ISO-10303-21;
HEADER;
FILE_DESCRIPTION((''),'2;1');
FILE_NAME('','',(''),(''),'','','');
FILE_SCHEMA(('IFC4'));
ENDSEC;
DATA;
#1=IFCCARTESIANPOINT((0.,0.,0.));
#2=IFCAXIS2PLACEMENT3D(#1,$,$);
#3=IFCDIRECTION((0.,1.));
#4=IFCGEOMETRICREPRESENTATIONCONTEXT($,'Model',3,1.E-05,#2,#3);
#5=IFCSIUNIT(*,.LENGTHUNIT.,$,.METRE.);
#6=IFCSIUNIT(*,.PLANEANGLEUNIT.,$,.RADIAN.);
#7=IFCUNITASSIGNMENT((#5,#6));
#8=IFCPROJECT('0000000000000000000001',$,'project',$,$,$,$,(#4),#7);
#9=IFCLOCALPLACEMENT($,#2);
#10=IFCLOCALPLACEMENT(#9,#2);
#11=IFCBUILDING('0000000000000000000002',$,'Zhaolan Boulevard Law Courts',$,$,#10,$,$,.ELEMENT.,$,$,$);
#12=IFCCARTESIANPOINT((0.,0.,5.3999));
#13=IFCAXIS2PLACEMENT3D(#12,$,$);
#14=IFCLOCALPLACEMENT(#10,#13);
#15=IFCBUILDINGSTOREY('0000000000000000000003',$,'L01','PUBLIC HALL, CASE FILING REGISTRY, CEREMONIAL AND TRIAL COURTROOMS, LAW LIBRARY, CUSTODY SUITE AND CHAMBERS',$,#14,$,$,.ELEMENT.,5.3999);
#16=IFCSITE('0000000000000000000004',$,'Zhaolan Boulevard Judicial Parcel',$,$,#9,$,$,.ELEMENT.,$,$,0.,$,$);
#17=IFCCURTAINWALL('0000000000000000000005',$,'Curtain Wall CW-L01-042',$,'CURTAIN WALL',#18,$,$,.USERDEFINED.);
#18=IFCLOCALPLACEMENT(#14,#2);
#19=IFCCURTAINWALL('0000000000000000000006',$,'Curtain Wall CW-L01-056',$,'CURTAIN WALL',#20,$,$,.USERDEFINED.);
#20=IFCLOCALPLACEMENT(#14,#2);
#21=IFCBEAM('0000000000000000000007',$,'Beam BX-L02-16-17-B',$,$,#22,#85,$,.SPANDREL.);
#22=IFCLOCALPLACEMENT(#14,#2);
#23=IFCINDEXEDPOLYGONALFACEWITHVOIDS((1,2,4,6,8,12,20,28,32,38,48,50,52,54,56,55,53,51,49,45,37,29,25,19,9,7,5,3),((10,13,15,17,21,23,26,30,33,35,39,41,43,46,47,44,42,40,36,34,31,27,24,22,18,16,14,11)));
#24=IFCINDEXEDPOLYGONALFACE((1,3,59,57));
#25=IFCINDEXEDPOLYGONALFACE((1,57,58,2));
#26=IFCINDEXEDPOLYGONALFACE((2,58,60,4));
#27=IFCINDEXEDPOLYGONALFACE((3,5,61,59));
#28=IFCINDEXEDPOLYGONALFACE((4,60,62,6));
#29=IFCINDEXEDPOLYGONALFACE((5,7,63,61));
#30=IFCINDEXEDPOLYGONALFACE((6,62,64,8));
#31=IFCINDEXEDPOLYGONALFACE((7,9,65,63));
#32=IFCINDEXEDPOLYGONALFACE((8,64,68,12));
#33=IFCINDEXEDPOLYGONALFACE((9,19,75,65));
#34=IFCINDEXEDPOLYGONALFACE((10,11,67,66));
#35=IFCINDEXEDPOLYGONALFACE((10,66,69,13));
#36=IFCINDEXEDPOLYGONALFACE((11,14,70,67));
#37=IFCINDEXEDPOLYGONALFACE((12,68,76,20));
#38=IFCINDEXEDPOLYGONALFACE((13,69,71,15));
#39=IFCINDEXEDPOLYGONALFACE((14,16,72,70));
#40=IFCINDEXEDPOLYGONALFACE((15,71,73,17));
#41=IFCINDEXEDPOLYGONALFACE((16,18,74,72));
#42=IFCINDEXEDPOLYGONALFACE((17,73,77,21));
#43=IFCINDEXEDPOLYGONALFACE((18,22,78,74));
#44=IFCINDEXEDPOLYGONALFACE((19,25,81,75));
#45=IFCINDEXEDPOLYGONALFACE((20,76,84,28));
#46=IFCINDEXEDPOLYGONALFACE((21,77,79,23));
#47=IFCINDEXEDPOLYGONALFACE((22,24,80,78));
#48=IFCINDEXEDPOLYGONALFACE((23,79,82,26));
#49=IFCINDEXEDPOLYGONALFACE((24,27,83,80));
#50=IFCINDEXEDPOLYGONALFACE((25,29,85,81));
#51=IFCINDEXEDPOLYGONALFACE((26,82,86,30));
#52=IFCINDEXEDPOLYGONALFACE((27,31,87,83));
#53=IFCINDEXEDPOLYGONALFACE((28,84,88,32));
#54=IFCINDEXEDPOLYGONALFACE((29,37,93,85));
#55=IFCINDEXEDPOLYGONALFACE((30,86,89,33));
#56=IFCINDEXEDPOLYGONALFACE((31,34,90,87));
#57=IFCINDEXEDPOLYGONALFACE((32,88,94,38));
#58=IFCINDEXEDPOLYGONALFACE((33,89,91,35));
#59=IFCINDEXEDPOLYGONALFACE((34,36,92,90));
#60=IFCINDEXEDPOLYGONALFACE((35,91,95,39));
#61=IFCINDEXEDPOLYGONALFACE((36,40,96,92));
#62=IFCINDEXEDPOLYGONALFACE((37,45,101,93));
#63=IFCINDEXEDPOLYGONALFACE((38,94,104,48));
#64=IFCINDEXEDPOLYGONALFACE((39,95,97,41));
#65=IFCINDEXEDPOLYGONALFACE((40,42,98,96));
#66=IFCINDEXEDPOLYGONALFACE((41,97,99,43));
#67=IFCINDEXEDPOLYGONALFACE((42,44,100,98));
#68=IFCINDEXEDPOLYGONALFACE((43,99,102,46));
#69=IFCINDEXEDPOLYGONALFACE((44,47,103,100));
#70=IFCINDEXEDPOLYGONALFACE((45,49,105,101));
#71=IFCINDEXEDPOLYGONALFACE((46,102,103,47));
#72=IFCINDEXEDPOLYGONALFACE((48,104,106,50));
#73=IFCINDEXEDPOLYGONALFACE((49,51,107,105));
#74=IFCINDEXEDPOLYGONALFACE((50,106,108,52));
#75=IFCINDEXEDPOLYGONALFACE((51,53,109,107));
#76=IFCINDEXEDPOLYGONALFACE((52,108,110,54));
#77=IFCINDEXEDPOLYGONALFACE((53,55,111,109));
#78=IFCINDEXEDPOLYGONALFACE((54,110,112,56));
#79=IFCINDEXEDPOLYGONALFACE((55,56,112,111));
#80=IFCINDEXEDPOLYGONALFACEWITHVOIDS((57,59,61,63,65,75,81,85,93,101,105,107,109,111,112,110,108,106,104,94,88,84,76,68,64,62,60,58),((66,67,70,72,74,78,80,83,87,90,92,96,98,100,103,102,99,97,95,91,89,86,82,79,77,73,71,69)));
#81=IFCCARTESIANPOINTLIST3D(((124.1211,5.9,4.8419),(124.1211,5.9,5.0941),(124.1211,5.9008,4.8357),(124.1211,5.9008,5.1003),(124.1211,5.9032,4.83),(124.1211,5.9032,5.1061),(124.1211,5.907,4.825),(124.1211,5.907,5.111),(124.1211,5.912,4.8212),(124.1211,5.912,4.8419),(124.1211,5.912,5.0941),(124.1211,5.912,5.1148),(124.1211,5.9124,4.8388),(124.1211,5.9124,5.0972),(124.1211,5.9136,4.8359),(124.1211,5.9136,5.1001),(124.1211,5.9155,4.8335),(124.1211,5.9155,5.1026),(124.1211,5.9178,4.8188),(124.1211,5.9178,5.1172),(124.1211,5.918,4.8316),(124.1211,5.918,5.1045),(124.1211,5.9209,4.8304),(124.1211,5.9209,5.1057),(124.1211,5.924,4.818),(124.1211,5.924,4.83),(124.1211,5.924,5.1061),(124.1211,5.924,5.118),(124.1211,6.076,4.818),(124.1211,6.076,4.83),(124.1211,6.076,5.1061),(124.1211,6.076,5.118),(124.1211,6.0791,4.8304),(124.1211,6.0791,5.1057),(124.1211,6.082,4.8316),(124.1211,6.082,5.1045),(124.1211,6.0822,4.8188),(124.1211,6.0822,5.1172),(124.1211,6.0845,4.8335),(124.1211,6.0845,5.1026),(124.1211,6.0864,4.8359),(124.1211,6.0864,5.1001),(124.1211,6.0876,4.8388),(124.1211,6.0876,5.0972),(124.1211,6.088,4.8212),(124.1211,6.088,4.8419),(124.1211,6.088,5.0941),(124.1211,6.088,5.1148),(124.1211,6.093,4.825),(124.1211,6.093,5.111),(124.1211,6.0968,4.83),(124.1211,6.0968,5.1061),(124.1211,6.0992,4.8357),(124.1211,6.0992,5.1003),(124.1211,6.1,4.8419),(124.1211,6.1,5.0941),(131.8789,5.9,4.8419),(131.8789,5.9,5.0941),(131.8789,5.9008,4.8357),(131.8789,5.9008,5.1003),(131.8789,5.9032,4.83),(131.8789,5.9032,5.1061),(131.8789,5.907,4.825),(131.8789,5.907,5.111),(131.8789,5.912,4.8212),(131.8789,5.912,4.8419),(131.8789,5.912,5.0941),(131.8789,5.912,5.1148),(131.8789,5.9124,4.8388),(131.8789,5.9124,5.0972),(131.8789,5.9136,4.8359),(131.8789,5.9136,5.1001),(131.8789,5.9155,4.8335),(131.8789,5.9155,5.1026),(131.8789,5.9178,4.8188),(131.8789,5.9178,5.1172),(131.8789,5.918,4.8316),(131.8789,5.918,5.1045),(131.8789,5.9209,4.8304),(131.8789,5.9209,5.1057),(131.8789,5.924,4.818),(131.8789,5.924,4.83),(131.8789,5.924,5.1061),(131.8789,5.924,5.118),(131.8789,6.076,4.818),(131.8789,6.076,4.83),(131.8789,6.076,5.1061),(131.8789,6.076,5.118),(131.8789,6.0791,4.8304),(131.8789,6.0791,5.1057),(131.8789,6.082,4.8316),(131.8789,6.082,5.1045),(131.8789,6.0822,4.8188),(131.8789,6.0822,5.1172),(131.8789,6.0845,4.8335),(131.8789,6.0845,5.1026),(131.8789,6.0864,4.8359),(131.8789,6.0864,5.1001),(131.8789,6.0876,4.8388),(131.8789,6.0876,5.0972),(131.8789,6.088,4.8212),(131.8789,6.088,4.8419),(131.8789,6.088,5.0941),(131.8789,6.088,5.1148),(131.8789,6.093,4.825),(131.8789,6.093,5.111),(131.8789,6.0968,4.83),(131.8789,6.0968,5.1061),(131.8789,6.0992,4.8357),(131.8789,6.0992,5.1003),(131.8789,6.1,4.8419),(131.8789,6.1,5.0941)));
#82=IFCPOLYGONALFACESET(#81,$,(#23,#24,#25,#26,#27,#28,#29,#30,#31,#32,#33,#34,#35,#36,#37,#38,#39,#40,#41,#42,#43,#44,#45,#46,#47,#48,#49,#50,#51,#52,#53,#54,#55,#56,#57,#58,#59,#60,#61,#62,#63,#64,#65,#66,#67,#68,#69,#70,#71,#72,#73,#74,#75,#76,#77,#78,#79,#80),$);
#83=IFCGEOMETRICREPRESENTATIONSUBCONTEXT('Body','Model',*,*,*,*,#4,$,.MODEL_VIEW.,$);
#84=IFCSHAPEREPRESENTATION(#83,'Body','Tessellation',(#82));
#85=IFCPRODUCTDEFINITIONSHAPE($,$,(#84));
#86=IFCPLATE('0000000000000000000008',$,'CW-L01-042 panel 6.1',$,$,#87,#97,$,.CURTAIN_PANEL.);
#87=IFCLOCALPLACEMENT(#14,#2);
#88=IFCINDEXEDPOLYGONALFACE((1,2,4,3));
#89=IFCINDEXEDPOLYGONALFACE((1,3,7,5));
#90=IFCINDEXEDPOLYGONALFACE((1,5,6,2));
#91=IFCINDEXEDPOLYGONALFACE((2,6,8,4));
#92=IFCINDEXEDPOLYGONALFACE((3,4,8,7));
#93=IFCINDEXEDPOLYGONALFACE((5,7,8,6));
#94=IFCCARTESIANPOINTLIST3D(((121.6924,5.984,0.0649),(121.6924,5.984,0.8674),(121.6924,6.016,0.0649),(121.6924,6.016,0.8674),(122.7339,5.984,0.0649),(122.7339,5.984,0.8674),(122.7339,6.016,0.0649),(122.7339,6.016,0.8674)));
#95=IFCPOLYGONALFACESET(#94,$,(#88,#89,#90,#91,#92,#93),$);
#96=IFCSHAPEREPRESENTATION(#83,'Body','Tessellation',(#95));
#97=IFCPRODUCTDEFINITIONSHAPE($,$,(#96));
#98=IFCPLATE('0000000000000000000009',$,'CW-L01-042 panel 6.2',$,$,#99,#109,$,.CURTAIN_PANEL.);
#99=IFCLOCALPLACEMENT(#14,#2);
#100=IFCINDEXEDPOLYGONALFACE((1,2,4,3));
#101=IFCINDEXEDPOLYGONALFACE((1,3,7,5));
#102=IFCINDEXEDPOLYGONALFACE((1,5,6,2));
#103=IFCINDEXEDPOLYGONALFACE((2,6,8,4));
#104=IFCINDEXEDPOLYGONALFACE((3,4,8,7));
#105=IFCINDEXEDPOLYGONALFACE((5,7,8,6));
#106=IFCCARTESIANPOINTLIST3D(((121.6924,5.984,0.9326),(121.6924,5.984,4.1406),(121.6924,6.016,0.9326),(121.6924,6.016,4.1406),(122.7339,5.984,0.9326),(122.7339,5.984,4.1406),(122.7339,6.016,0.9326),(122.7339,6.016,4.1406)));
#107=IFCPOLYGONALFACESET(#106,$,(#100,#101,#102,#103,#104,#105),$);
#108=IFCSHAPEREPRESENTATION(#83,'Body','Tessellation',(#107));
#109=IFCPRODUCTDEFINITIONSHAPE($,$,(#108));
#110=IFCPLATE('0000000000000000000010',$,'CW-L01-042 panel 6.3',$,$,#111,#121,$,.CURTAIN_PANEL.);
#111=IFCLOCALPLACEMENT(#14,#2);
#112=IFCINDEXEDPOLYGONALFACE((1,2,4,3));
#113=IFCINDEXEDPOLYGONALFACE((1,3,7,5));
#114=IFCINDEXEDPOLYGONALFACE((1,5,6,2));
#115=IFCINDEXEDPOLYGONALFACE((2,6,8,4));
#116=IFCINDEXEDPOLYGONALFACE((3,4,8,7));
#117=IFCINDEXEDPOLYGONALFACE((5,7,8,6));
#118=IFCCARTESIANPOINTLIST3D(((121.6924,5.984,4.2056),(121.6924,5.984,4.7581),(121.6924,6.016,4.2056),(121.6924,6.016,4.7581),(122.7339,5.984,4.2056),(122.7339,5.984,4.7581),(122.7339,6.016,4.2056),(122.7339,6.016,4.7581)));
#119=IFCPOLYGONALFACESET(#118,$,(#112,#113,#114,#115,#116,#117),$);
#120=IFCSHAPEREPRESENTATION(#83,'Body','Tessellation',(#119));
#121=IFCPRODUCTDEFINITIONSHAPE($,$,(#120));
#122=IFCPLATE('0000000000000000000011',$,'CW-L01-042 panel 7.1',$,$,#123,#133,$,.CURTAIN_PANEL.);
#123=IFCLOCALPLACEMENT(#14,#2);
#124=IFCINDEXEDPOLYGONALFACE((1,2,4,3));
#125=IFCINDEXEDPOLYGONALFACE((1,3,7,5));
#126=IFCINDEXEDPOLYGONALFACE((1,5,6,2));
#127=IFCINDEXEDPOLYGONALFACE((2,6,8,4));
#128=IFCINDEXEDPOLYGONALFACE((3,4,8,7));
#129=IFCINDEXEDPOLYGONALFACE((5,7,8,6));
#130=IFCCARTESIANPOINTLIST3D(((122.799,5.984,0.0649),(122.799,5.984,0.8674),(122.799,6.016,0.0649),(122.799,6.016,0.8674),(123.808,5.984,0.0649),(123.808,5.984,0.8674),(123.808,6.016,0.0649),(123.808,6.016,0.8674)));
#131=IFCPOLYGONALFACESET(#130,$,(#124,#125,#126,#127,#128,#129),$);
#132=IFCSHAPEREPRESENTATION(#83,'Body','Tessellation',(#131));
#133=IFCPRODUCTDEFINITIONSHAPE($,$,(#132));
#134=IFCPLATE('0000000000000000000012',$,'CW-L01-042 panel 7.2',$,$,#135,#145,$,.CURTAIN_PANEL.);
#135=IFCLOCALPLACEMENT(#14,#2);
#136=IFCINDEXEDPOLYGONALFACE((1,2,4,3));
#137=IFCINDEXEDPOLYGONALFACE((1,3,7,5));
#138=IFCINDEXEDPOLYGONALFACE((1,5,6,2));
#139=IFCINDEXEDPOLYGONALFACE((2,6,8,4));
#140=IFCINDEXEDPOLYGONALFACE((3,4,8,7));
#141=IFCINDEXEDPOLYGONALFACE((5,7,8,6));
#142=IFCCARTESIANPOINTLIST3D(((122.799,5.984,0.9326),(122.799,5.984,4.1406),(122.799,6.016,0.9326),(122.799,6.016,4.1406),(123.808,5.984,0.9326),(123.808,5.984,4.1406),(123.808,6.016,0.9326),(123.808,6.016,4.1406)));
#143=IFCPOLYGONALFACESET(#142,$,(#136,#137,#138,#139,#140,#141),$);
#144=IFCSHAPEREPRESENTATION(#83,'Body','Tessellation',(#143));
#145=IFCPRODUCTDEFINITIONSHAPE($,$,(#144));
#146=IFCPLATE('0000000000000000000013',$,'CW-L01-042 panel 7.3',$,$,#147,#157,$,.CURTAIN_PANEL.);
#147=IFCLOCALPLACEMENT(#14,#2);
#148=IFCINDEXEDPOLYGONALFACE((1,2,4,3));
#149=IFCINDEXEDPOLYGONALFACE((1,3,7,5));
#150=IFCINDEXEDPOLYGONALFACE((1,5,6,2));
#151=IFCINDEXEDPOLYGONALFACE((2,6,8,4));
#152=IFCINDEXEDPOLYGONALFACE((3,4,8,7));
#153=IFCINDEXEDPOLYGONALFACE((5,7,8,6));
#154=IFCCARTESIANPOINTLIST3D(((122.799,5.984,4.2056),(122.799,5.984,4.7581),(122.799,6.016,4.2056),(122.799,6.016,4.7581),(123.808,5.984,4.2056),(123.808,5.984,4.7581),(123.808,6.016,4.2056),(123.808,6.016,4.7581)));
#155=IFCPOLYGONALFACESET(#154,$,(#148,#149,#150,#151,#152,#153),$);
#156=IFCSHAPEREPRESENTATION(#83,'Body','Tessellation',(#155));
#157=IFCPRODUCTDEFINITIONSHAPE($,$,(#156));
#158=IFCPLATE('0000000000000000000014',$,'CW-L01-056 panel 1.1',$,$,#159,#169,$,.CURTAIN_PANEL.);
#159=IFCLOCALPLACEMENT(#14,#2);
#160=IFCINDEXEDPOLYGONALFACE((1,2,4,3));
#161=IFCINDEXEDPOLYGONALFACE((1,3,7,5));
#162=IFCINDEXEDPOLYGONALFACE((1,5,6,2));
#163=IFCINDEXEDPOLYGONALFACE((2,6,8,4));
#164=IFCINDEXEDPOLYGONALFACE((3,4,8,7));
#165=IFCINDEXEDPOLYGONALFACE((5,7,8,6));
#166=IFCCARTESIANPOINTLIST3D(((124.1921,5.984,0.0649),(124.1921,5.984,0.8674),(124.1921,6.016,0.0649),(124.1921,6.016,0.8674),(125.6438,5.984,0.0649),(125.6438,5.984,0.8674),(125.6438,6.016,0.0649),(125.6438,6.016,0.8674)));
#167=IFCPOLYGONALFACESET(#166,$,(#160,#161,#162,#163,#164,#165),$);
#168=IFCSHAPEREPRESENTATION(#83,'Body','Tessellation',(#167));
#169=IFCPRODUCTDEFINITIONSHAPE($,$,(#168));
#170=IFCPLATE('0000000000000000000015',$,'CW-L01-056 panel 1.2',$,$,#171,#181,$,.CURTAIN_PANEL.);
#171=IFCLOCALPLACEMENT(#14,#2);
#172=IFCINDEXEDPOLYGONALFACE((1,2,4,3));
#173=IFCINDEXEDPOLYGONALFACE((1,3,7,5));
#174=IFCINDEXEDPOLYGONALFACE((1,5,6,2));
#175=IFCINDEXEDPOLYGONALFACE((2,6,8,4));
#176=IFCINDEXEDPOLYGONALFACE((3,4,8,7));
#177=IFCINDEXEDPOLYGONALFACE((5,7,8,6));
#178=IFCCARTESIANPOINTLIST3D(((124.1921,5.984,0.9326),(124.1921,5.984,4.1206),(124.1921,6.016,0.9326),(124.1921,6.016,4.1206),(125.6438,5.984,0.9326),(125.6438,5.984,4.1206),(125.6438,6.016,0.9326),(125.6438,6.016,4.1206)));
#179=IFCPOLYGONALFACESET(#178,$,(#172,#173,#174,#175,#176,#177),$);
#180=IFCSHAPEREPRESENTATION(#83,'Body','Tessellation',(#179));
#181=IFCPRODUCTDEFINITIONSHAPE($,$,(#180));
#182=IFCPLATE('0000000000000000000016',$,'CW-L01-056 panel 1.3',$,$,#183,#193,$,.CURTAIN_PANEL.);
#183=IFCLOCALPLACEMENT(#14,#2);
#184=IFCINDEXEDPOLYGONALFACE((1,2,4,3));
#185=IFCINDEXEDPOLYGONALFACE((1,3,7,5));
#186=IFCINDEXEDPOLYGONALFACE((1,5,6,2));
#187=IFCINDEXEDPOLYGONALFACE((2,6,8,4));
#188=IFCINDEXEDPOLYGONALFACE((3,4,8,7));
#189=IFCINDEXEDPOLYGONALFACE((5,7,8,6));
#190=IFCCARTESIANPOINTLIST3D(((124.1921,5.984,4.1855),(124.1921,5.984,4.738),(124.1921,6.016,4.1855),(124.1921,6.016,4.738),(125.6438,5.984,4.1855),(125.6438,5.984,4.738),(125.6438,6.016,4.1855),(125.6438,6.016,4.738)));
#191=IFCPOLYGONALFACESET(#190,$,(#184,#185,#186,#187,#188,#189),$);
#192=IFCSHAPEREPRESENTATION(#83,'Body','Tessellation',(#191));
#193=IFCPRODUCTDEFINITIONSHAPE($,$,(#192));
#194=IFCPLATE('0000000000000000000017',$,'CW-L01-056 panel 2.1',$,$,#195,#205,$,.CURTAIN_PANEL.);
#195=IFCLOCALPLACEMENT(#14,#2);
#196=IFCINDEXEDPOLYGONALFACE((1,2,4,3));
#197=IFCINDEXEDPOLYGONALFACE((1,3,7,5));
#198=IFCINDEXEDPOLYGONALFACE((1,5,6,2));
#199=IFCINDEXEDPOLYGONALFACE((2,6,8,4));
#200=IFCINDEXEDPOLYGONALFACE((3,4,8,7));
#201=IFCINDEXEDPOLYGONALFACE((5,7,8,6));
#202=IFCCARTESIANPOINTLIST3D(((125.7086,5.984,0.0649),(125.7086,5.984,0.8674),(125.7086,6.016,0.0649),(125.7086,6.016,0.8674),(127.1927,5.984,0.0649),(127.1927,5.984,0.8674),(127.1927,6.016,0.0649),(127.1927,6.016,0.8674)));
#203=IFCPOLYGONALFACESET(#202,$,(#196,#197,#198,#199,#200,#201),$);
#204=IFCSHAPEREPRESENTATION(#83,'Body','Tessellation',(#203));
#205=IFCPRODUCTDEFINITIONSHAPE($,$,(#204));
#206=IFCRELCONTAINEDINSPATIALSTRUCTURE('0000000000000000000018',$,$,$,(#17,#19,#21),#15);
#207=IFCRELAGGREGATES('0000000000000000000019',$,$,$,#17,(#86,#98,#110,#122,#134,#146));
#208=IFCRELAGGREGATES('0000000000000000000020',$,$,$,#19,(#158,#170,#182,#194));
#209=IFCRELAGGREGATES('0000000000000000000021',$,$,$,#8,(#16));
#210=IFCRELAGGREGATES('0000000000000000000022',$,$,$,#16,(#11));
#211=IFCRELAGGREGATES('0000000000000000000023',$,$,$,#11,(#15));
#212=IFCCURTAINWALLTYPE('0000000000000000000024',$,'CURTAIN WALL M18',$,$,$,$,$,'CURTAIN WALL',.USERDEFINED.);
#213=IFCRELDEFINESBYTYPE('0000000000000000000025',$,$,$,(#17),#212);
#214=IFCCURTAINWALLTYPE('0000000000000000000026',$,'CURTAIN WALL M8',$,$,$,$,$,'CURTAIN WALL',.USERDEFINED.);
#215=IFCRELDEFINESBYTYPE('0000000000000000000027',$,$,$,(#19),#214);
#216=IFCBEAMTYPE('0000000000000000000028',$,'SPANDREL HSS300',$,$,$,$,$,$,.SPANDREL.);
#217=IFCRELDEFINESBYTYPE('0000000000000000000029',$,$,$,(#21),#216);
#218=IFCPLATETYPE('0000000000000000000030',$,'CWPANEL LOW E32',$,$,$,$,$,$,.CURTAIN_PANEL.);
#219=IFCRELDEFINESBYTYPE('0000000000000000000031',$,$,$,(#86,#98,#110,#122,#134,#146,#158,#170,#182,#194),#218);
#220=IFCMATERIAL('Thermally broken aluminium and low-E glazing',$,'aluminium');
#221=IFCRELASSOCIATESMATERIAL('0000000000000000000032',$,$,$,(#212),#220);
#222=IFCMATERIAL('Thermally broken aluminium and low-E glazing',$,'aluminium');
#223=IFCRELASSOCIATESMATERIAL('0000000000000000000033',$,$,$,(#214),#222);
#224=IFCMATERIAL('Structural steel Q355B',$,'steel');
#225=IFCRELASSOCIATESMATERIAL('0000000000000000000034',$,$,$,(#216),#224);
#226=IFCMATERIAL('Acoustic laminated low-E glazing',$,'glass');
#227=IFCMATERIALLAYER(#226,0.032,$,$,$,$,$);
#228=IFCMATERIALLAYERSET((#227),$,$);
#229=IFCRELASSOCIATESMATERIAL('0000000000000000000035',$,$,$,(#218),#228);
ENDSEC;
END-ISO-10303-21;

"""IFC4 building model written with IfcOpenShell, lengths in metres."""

from ifc_helpers import new_model, si_unit, direction, frame, origin, origin_2d, place, context, subcontext, project, spatial, rectangle, hollow_rectangle, extrude, material, layer, layer_set, material_profile, profile_set, type_object, element, aggregate, save


model = new_model("IFC4")

# Units and contexts
model_context = context("Model", 3, precision=1e-05, world=origin(), true_north=direction((0.0, 1.0)))
body_context = subcontext(model_context, "Body", "Model", "MODEL_VIEW")
ifc_project = project(units=[si_unit("LENGTHUNIT", "METRE"), si_unit("PLANEANGLEUNIT", "RADIAN")], contexts=[model_context])

# Site, building, storey
site_placement = place(None, origin())
site = spatial("IfcSite", under=ifc_project, at=site_placement, Name="Zhaolan Boulevard Judicial Parcel", CompositionType="ELEMENT", RefElevation=0.0)
building_placement = place(site_placement, origin())
building = spatial("IfcBuilding", under=site, at=building_placement, Name="Zhaolan Boulevard Law Courts", CompositionType="ELEMENT")
storey_placement = place(building_placement, frame((0.0, 0.0, 5.3999)))
storey = spatial("IfcBuildingStorey", under=building, at=storey_placement, Name="L01", Description="PUBLIC HALL, CASE FILING REGISTRY, CEREMONIAL AND TRIAL COURTROOMS, LAW LIBRARY, CUSTODY SUITE AND CHAMBERS", CompositionType="ELEMENT", Elevation=5.3999)

# Curtain walls
ifc_material_1 = material(Name="Thermally broken aluminium and low-E glazing", Category="aluminium")
curtain_wall_type_1 = type_object("IfcCurtainWallType", Name="CURTAIN WALL M18", ElementType="CURTAIN WALL", PredefinedType="USERDEFINED", material=ifc_material_1)
curtain_wall_1_placement = place(storey_placement, origin())
curtain_wall_1 = element("IfcCurtainWall", 1, at=curtain_wall_1_placement, inside=storey, type_object=curtain_wall_type_1, Name="Curtain Wall CW-L01-042", ObjectType="CURTAIN WALL", PredefinedType="USERDEFINED")
ifc_material_2 = material(Name="Thermally broken aluminium and low-E glazing", Category="aluminium")
curtain_wall_type_2 = type_object("IfcCurtainWallType", Name="CURTAIN WALL M8", ElementType="CURTAIN WALL", PredefinedType="USERDEFINED", material=ifc_material_2)
curtain_wall_2_placement = place(storey_placement, origin())
curtain_wall_2 = element("IfcCurtainWall", 2, at=curtain_wall_2_placement, inside=storey, type_object=curtain_wall_type_2, Name="Curtain Wall CW-L01-056", ObjectType="CURTAIN WALL", PredefinedType="USERDEFINED")

# Beam
ifc_material_3 = material(Name="Structural steel Q355B", Category="steel")
ifc_material_profile_1 = material_profile(ifc_material_3, hollow_rectangle(XDim=0.2, YDim=0.3, WallThickness=0.012, InnerFilletRadius=0.012, OuterFilletRadius=0.0239, at=origin_2d()), Name="HSS300x200x12")
ifc_profile_set_1 = profile_set([ifc_material_profile_1], Name="Structural steel Q355B")
beam_type = type_object("IfcBeamType", Name="SPANDREL HSS300", PredefinedType="SPANDREL", material=ifc_profile_set_1)
beam_placement = place(storey_placement, frame((124.1211, 6.0, 4.968), z_axis=(1.0, 0.0, 0.0), x_axis=(0.0, 1.0, 0.0)))
element("IfcBeam", 3, at=beam_placement, inside=storey, type_object=beam_type, Name="Beam BX-L02-16-17-B", PredefinedType="SPANDREL", context=body_context, shape_type="SweptSolid", body=[
    extrude(hollow_rectangle(XDim=0.2, YDim=0.3, WallThickness=0.012, InnerFilletRadius=0.012, OuterFilletRadius=0.0239, at=origin_2d()), origin(), (0.0, 0.0, 1.0), 7.7578),
])

# Plates
ifc_material_4 = material(Name="Acoustic laminated low-E glazing", Category="glass")
ifc_layer_1 = layer(ifc_material_4, 0.032)
ifc_layer_set_1 = layer_set([ifc_layer_1])
plate_type_1 = type_object("IfcPlateType", Name="CWPANEL LOW E32", PredefinedType="CURTAIN_PANEL", material=ifc_layer_set_1)
plate_1_placement = place(storey_placement, frame((122.2131, 6.0, 0.0649), z_axis=(0.0, 0.0, 1.0), x_axis=(1.0, 0.0, 0.0)))
plate_1 = element("IfcPlate", 4, at=plate_1_placement, type_object=plate_type_1, Name="CW-L01-042 panel 6.1", PredefinedType="CURTAIN_PANEL", context=body_context, shape_type="SweptSolid", body=[
    extrude(rectangle(XDim=1.0415, YDim=0.032, at=origin_2d()), origin(), (0.0, 0.0, 1.0), 0.8025),
])
plate_2_placement = place(storey_placement, frame((122.2131, 6.0, 0.9326), z_axis=(0.0, 0.0, 1.0), x_axis=(1.0, 0.0, 0.0)))
plate_2 = element("IfcPlate", 5, at=plate_2_placement, type_object=plate_type_1, Name="CW-L01-042 panel 6.2", PredefinedType="CURTAIN_PANEL", context=body_context, shape_type="SweptSolid", body=[
    extrude(rectangle(XDim=1.0415, YDim=0.032, at=origin_2d()), origin(), (0.0, 0.0, 1.0), 3.208),
])
plate_3_placement = place(storey_placement, frame((122.2131, 6.0, 4.2056), z_axis=(0.0, 0.0, 1.0), x_axis=(1.0, 0.0, 0.0)))
plate_3 = element("IfcPlate", 6, at=plate_3_placement, type_object=plate_type_1, Name="CW-L01-042 panel 6.3", PredefinedType="CURTAIN_PANEL", context=body_context, shape_type="SweptSolid", body=[
    extrude(rectangle(XDim=1.0415, YDim=0.032, at=origin_2d()), origin(), (0.0, 0.0, 1.0), 0.5525),
])
plate_4_placement = place(storey_placement, frame((123.3035, 6.0, 0.0649), z_axis=(0.0, 0.0, 1.0), x_axis=(1.0, 0.0, 0.0)))
plate_4 = element("IfcPlate", 7, at=plate_4_placement, type_object=plate_type_1, Name="CW-L01-042 panel 7.1", PredefinedType="CURTAIN_PANEL", context=body_context, shape_type="SweptSolid", body=[
    extrude(rectangle(XDim=1.009, YDim=0.032, at=origin_2d()), origin(), (0.0, 0.0, 1.0), 0.8025),
])
plate_5_placement = place(storey_placement, frame((123.3035, 6.0, 0.9326), z_axis=(0.0, 0.0, 1.0), x_axis=(1.0, 0.0, 0.0)))
plate_5 = element("IfcPlate", 8, at=plate_5_placement, type_object=plate_type_1, Name="CW-L01-042 panel 7.2", PredefinedType="CURTAIN_PANEL", context=body_context, shape_type="SweptSolid", body=[
    extrude(rectangle(XDim=1.009, YDim=0.032, at=origin_2d()), origin(), (0.0, 0.0, 1.0), 3.208),
])
plate_6_placement = place(storey_placement, frame((123.3035, 6.0, 4.2056), z_axis=(0.0, 0.0, 1.0), x_axis=(1.0, 0.0, 0.0)))
plate_6 = element("IfcPlate", 9, at=plate_6_placement, type_object=plate_type_1, Name="CW-L01-042 panel 7.3", PredefinedType="CURTAIN_PANEL", context=body_context, shape_type="SweptSolid", body=[
    extrude(rectangle(XDim=1.009, YDim=0.032, at=origin_2d()), origin(), (0.0, 0.0, 1.0), 0.5525),
])
aggregate(curtain_wall_1, [plate_1, plate_2, plate_3, plate_4, plate_5, plate_6])
plate_7_placement = place(storey_placement, frame((124.918, 6.0, 0.0649), z_axis=(0.0, 0.0, 1.0), x_axis=(1.0, 0.0, 0.0)))
plate_7 = element("IfcPlate", 10, at=plate_7_placement, type_object=plate_type_1, Name="CW-L01-056 panel 1.1", PredefinedType="CURTAIN_PANEL", context=body_context, shape_type="SweptSolid", body=[
    extrude(rectangle(XDim=1.4517, YDim=0.032, at=origin_2d()), origin(), (0.0, 0.0, 1.0), 0.8025),
])
plate_8_placement = place(storey_placement, frame((124.918, 6.0, 0.9326), z_axis=(0.0, 0.0, 1.0), x_axis=(1.0, 0.0, 0.0)))
plate_8 = element("IfcPlate", 11, at=plate_8_placement, type_object=plate_type_1, Name="CW-L01-056 panel 1.2", PredefinedType="CURTAIN_PANEL", context=body_context, shape_type="SweptSolid", body=[
    extrude(rectangle(XDim=1.4517, YDim=0.032, at=origin_2d()), origin(), (0.0, 0.0, 1.0), 3.188),
])
plate_9_placement = place(storey_placement, frame((124.918, 6.0, 4.1855), z_axis=(0.0, 0.0, 1.0), x_axis=(1.0, 0.0, 0.0)))
plate_9 = element("IfcPlate", 12, at=plate_9_placement, type_object=plate_type_1, Name="CW-L01-056 panel 1.3", PredefinedType="CURTAIN_PANEL", context=body_context, shape_type="SweptSolid", body=[
    extrude(rectangle(XDim=1.4517, YDim=0.032, at=origin_2d()), origin(), (0.0, 0.0, 1.0), 0.5525),
])
plate_10_placement = place(storey_placement, frame((126.4507, 6.0, 0.0649), z_axis=(0.0, 0.0, 1.0), x_axis=(1.0, 0.0, 0.0)))
plate_10 = element("IfcPlate", 13, at=plate_10_placement, type_object=plate_type_1, Name="CW-L01-056 panel 2.1", PredefinedType="CURTAIN_PANEL", context=body_context, shape_type="SweptSolid", body=[
    extrude(rectangle(XDim=1.4841, YDim=0.032, at=origin_2d()), origin(), (0.0, 0.0, 1.0), 0.8025),
])
aggregate(curtain_wall_2, [plate_7, plate_8, plate_9, plate_10])

save(model, "model.ifc")
